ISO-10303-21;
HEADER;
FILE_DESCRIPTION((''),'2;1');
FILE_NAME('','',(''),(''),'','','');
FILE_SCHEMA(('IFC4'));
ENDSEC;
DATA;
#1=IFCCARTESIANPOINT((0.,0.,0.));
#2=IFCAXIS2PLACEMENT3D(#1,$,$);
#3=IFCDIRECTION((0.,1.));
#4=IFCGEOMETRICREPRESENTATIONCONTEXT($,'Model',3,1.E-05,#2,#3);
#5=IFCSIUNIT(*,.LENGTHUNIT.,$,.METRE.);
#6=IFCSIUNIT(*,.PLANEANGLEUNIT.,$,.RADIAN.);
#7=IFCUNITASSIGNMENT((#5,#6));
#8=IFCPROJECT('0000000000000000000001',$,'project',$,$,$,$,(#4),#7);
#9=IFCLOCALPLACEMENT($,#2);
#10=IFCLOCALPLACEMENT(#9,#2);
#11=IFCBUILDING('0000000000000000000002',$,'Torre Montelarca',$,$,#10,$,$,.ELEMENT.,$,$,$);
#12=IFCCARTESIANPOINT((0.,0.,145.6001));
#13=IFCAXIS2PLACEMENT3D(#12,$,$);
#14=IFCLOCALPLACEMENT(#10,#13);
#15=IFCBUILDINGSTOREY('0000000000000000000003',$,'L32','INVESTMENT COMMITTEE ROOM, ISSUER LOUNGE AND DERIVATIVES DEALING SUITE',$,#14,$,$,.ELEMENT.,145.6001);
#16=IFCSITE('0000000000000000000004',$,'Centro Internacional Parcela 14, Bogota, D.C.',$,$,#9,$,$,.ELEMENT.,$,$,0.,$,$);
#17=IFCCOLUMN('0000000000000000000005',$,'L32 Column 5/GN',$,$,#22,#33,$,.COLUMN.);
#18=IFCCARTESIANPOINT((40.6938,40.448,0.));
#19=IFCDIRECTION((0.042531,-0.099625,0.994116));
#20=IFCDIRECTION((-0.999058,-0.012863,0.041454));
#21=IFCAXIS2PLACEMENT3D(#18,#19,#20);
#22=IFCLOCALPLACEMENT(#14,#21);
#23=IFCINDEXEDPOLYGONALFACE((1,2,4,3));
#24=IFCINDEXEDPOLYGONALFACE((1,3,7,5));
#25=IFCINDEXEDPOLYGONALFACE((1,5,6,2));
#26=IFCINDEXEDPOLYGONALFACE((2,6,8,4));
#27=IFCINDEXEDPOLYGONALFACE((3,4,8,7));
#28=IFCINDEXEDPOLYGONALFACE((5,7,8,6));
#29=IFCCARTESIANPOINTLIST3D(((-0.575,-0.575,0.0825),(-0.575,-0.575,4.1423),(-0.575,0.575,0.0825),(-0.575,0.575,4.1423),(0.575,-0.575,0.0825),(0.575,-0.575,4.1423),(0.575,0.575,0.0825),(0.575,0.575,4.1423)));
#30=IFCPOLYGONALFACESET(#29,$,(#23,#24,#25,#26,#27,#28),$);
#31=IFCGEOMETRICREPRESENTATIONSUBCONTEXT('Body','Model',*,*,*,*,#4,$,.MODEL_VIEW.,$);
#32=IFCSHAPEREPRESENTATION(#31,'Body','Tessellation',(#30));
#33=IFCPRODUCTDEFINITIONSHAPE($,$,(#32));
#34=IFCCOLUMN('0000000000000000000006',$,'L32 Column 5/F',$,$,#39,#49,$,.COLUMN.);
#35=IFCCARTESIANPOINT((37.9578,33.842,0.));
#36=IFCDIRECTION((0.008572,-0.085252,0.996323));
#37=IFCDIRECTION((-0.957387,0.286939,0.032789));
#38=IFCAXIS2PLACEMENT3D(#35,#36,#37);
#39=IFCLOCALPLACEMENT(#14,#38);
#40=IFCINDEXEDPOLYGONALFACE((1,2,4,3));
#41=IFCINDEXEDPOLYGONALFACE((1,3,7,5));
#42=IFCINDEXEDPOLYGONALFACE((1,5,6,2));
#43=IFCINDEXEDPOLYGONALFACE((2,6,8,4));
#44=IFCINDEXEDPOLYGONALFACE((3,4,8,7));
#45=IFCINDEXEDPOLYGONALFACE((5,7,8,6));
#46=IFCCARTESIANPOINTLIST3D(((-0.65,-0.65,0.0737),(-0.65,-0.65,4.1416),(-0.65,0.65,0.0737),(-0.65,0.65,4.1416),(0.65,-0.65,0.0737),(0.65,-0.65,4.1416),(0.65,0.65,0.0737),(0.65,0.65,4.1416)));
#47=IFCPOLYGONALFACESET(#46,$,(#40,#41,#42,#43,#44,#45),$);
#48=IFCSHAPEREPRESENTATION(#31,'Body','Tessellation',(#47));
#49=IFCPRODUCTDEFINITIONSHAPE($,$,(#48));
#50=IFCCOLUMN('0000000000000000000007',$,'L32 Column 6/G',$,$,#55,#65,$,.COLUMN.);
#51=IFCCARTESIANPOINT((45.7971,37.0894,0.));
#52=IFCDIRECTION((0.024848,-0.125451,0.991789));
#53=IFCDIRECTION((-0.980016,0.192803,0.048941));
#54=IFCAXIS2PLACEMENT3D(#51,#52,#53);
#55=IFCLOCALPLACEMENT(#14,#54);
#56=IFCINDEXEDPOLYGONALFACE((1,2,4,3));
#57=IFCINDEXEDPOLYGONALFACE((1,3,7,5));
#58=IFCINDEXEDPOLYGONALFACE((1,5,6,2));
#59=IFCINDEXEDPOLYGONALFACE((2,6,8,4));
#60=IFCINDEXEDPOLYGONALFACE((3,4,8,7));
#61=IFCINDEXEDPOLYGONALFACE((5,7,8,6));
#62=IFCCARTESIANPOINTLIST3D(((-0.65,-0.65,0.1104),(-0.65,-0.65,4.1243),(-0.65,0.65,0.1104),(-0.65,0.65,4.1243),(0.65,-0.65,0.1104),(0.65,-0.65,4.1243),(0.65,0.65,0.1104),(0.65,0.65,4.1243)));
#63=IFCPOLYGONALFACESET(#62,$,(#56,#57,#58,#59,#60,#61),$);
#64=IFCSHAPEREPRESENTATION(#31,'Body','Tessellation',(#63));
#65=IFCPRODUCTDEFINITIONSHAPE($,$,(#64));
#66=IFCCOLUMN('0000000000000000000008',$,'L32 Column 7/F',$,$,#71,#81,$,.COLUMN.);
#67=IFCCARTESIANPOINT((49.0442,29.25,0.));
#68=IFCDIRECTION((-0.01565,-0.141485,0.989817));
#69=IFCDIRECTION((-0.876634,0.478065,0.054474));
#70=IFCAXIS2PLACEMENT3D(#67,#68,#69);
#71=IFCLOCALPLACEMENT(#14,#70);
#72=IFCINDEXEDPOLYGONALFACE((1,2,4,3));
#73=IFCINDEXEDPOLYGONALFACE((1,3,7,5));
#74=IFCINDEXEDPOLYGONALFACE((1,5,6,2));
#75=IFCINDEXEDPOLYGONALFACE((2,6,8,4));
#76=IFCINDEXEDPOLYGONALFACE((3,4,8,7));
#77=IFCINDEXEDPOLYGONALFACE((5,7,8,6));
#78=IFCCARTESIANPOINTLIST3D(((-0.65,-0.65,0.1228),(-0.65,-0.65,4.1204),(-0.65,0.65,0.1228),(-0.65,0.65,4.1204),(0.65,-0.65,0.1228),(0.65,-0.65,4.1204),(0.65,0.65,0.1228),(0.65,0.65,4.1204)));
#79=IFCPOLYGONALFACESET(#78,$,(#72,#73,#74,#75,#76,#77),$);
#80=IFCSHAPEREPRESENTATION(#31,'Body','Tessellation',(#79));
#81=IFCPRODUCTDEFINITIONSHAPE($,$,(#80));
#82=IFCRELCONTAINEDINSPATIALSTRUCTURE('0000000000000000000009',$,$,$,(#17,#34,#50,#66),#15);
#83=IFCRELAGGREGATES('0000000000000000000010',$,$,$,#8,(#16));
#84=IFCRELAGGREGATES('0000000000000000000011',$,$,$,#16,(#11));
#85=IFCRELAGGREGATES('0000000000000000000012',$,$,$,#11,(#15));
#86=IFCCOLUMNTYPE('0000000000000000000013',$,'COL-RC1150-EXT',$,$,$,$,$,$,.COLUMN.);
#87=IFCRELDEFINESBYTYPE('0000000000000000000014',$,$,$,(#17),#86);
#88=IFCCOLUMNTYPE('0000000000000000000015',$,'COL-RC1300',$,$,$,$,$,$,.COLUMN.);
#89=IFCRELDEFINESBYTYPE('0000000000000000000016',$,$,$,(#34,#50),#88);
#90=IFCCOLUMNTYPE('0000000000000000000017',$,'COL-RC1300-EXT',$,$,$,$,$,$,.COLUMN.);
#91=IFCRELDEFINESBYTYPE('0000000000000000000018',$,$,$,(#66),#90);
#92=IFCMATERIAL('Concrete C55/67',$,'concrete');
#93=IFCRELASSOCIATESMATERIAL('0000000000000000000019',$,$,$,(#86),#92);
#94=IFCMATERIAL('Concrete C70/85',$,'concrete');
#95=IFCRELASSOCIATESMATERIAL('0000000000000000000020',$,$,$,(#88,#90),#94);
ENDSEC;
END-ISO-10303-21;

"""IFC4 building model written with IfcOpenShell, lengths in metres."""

from ifc_helpers import new_model, si_unit, direction, frame, origin, origin_2d, place, context, subcontext, project, spatial, rectangle, extrude, clip, halfspace, material, material_profile, profile_set, type_object, element, save


model = new_model("IFC4")

# Units and contexts
model_context = context("Model", 3, precision=1e-05, world=origin(), true_north=direction((0.0, 1.0)))
body_context = subcontext(model_context, "Body", "Model", "MODEL_VIEW")
ifc_project = project(units=[si_unit("LENGTHUNIT", "METRE"), si_unit("PLANEANGLEUNIT", "RADIAN")], contexts=[model_context])

# Site, building, storey
site_placement = place(None, origin())
site = spatial("IfcSite", under=ifc_project, at=site_placement, Name="Centro Internacional Parcela 14, Bogota, D.C.", CompositionType="ELEMENT", RefElevation=0.0)
building_placement = place(site_placement, origin())
building = spatial("IfcBuilding", under=site, at=building_placement, Name="Torre Montelarca", CompositionType="ELEMENT")
storey_placement = place(building_placement, frame((0.0, 0.0, 145.6001)))
storey = spatial("IfcBuildingStorey", under=building, at=storey_placement, Name="L32", Description="INVESTMENT COMMITTEE ROOM, ISSUER LOUNGE AND DERIVATIVES DEALING SUITE", CompositionType="ELEMENT", Elevation=145.6001)

# Columns
ifc_material_1 = material(Name="Concrete C55/67", Category="concrete")
ifc_material_profile_1 = material_profile(ifc_material_1, rectangle(XDim=1.1499, YDim=1.1499, at=origin_2d()), Name="RC1150X1150", Category="concrete")
ifc_profile_set_1 = profile_set([ifc_material_profile_1], Name="Concrete C55/67")
column_type_1 = type_object("IfcColumnType", Name="COL-RC1150-EXT", PredefinedType="COLUMN", material=ifc_profile_set_1)
column_1_placement = place(storey_placement, frame((40.6938, 40.448, 0.0), z_axis=(0.042531, -0.099625, 0.994116), x_axis=(-0.999058, -0.012863, 0.041454)))
element("IfcColumn", 1, at=column_1_placement, inside=storey, type_object=column_type_1, Name="L32 Column 5/GN", PredefinedType="COLUMN", context=body_context, shape_type="Clipping", body=[
    clip(clip(extrude(rectangle(XDim=1.1499, YDim=1.1499, at=origin_2d()), origin(), (0.0, 0.0, 1.0), 4.2249), halfspace(frame((0.0, 0.0, 0.0825), z_axis=(0.0, 0.0, -1.0), x_axis=(1.0, 0.0, 0.0)), False)), halfspace(frame((0.0, 0.0, 4.1423), z_axis=(0.0, 0.0, 1.0), x_axis=(1.0, 0.0, 0.0)), False)),
])
ifc_material_2 = material(Name="Concrete C70/85", Category="concrete")
ifc_material_profile_2 = material_profile(ifc_material_2, rectangle(XDim=1.3, YDim=1.3, at=origin_2d()), Name="RC1300X1300", Category="concrete")
ifc_profile_set_2 = profile_set([ifc_material_profile_2], Name="Concrete C70/85")
column_type_2 = type_object("IfcColumnType", Name="COL-RC1300", PredefinedType="COLUMN", material=ifc_profile_set_2)
column_2_placement = place(storey_placement, frame((37.9578, 33.842, 0.0), z_axis=(0.008572, -0.085252, 0.996323), x_axis=(-0.957387, 0.286939, 0.032789)))
element("IfcColumn", 2, at=column_2_placement, inside=storey, type_object=column_type_2, Name="L32 Column 5/F", PredefinedType="COLUMN", context=body_context, shape_type="Clipping", body=[
    clip(clip(extrude(rectangle(XDim=1.3, YDim=1.3, at=origin_2d()), origin(), (0.0, 0.0, 1.0), 4.2153), halfspace(frame((0.0, 0.0, 0.0737), z_axis=(0.0, 0.0, -1.0), x_axis=(1.0, 0.0, 0.0)), False)), halfspace(frame((0.0, 0.0, 4.1416), z_axis=(0.0, 0.0, 1.0), x_axis=(1.0, 0.0, 0.0)), False)),
])
column_3_placement = place(storey_placement, frame((45.7971, 37.0894, 0.0), z_axis=(0.024848, -0.125451, 0.991789), x_axis=(-0.980016, 0.192803, 0.048941)))
element("IfcColumn", 3, at=column_3_placement, inside=storey, type_object=column_type_2, Name="L32 Column 6/G", PredefinedType="COLUMN", context=body_context, shape_type="Clipping", body=[
    clip(clip(extrude(rectangle(XDim=1.3, YDim=1.3, at=origin_2d()), origin(), (0.0, 0.0, 1.0), 4.2346), halfspace(frame((0.0, 0.0, 0.1104), z_axis=(0.0, 0.0, -1.0), x_axis=(1.0, 0.0, 0.0)), False)), halfspace(frame((0.0, 0.0, 4.1243), z_axis=(0.0, 0.0, 1.0), x_axis=(1.0, 0.0, 0.0)), False)),
])
ifc_material_profile_3 = material_profile(ifc_material_2, rectangle(XDim=1.3, YDim=1.3, at=origin_2d()), Name="RC1300X1300", Category="concrete")
ifc_profile_set_3 = profile_set([ifc_material_profile_3], Name="Concrete C70/85")
column_type_3 = type_object("IfcColumnType", Name="COL-RC1300-EXT", PredefinedType="COLUMN", material=ifc_profile_set_3)
column_4_placement = place(storey_placement, frame((49.0442, 29.25, 0.0), z_axis=(-0.01565, -0.141485, 0.989817), x_axis=(-0.876634, 0.478065, 0.054474)))
element("IfcColumn", 4, at=column_4_placement, inside=storey, type_object=column_type_3, Name="L32 Column 7/F", PredefinedType="COLUMN", context=body_context, shape_type="Clipping", body=[
    clip(clip(extrude(rectangle(XDim=1.3, YDim=1.3, at=origin_2d()), origin(), (0.0, 0.0, 1.0), 4.2432), halfspace(frame((0.0, 0.0, 0.1228), z_axis=(0.0, 0.0, -1.0), x_axis=(1.0, 0.0, 0.0)), False)), halfspace(frame((0.0, 0.0, 4.1204), z_axis=(0.0, 0.0, 1.0), x_axis=(1.0, 0.0, 0.0)), False)),
])

save(model, "model.ifc")
